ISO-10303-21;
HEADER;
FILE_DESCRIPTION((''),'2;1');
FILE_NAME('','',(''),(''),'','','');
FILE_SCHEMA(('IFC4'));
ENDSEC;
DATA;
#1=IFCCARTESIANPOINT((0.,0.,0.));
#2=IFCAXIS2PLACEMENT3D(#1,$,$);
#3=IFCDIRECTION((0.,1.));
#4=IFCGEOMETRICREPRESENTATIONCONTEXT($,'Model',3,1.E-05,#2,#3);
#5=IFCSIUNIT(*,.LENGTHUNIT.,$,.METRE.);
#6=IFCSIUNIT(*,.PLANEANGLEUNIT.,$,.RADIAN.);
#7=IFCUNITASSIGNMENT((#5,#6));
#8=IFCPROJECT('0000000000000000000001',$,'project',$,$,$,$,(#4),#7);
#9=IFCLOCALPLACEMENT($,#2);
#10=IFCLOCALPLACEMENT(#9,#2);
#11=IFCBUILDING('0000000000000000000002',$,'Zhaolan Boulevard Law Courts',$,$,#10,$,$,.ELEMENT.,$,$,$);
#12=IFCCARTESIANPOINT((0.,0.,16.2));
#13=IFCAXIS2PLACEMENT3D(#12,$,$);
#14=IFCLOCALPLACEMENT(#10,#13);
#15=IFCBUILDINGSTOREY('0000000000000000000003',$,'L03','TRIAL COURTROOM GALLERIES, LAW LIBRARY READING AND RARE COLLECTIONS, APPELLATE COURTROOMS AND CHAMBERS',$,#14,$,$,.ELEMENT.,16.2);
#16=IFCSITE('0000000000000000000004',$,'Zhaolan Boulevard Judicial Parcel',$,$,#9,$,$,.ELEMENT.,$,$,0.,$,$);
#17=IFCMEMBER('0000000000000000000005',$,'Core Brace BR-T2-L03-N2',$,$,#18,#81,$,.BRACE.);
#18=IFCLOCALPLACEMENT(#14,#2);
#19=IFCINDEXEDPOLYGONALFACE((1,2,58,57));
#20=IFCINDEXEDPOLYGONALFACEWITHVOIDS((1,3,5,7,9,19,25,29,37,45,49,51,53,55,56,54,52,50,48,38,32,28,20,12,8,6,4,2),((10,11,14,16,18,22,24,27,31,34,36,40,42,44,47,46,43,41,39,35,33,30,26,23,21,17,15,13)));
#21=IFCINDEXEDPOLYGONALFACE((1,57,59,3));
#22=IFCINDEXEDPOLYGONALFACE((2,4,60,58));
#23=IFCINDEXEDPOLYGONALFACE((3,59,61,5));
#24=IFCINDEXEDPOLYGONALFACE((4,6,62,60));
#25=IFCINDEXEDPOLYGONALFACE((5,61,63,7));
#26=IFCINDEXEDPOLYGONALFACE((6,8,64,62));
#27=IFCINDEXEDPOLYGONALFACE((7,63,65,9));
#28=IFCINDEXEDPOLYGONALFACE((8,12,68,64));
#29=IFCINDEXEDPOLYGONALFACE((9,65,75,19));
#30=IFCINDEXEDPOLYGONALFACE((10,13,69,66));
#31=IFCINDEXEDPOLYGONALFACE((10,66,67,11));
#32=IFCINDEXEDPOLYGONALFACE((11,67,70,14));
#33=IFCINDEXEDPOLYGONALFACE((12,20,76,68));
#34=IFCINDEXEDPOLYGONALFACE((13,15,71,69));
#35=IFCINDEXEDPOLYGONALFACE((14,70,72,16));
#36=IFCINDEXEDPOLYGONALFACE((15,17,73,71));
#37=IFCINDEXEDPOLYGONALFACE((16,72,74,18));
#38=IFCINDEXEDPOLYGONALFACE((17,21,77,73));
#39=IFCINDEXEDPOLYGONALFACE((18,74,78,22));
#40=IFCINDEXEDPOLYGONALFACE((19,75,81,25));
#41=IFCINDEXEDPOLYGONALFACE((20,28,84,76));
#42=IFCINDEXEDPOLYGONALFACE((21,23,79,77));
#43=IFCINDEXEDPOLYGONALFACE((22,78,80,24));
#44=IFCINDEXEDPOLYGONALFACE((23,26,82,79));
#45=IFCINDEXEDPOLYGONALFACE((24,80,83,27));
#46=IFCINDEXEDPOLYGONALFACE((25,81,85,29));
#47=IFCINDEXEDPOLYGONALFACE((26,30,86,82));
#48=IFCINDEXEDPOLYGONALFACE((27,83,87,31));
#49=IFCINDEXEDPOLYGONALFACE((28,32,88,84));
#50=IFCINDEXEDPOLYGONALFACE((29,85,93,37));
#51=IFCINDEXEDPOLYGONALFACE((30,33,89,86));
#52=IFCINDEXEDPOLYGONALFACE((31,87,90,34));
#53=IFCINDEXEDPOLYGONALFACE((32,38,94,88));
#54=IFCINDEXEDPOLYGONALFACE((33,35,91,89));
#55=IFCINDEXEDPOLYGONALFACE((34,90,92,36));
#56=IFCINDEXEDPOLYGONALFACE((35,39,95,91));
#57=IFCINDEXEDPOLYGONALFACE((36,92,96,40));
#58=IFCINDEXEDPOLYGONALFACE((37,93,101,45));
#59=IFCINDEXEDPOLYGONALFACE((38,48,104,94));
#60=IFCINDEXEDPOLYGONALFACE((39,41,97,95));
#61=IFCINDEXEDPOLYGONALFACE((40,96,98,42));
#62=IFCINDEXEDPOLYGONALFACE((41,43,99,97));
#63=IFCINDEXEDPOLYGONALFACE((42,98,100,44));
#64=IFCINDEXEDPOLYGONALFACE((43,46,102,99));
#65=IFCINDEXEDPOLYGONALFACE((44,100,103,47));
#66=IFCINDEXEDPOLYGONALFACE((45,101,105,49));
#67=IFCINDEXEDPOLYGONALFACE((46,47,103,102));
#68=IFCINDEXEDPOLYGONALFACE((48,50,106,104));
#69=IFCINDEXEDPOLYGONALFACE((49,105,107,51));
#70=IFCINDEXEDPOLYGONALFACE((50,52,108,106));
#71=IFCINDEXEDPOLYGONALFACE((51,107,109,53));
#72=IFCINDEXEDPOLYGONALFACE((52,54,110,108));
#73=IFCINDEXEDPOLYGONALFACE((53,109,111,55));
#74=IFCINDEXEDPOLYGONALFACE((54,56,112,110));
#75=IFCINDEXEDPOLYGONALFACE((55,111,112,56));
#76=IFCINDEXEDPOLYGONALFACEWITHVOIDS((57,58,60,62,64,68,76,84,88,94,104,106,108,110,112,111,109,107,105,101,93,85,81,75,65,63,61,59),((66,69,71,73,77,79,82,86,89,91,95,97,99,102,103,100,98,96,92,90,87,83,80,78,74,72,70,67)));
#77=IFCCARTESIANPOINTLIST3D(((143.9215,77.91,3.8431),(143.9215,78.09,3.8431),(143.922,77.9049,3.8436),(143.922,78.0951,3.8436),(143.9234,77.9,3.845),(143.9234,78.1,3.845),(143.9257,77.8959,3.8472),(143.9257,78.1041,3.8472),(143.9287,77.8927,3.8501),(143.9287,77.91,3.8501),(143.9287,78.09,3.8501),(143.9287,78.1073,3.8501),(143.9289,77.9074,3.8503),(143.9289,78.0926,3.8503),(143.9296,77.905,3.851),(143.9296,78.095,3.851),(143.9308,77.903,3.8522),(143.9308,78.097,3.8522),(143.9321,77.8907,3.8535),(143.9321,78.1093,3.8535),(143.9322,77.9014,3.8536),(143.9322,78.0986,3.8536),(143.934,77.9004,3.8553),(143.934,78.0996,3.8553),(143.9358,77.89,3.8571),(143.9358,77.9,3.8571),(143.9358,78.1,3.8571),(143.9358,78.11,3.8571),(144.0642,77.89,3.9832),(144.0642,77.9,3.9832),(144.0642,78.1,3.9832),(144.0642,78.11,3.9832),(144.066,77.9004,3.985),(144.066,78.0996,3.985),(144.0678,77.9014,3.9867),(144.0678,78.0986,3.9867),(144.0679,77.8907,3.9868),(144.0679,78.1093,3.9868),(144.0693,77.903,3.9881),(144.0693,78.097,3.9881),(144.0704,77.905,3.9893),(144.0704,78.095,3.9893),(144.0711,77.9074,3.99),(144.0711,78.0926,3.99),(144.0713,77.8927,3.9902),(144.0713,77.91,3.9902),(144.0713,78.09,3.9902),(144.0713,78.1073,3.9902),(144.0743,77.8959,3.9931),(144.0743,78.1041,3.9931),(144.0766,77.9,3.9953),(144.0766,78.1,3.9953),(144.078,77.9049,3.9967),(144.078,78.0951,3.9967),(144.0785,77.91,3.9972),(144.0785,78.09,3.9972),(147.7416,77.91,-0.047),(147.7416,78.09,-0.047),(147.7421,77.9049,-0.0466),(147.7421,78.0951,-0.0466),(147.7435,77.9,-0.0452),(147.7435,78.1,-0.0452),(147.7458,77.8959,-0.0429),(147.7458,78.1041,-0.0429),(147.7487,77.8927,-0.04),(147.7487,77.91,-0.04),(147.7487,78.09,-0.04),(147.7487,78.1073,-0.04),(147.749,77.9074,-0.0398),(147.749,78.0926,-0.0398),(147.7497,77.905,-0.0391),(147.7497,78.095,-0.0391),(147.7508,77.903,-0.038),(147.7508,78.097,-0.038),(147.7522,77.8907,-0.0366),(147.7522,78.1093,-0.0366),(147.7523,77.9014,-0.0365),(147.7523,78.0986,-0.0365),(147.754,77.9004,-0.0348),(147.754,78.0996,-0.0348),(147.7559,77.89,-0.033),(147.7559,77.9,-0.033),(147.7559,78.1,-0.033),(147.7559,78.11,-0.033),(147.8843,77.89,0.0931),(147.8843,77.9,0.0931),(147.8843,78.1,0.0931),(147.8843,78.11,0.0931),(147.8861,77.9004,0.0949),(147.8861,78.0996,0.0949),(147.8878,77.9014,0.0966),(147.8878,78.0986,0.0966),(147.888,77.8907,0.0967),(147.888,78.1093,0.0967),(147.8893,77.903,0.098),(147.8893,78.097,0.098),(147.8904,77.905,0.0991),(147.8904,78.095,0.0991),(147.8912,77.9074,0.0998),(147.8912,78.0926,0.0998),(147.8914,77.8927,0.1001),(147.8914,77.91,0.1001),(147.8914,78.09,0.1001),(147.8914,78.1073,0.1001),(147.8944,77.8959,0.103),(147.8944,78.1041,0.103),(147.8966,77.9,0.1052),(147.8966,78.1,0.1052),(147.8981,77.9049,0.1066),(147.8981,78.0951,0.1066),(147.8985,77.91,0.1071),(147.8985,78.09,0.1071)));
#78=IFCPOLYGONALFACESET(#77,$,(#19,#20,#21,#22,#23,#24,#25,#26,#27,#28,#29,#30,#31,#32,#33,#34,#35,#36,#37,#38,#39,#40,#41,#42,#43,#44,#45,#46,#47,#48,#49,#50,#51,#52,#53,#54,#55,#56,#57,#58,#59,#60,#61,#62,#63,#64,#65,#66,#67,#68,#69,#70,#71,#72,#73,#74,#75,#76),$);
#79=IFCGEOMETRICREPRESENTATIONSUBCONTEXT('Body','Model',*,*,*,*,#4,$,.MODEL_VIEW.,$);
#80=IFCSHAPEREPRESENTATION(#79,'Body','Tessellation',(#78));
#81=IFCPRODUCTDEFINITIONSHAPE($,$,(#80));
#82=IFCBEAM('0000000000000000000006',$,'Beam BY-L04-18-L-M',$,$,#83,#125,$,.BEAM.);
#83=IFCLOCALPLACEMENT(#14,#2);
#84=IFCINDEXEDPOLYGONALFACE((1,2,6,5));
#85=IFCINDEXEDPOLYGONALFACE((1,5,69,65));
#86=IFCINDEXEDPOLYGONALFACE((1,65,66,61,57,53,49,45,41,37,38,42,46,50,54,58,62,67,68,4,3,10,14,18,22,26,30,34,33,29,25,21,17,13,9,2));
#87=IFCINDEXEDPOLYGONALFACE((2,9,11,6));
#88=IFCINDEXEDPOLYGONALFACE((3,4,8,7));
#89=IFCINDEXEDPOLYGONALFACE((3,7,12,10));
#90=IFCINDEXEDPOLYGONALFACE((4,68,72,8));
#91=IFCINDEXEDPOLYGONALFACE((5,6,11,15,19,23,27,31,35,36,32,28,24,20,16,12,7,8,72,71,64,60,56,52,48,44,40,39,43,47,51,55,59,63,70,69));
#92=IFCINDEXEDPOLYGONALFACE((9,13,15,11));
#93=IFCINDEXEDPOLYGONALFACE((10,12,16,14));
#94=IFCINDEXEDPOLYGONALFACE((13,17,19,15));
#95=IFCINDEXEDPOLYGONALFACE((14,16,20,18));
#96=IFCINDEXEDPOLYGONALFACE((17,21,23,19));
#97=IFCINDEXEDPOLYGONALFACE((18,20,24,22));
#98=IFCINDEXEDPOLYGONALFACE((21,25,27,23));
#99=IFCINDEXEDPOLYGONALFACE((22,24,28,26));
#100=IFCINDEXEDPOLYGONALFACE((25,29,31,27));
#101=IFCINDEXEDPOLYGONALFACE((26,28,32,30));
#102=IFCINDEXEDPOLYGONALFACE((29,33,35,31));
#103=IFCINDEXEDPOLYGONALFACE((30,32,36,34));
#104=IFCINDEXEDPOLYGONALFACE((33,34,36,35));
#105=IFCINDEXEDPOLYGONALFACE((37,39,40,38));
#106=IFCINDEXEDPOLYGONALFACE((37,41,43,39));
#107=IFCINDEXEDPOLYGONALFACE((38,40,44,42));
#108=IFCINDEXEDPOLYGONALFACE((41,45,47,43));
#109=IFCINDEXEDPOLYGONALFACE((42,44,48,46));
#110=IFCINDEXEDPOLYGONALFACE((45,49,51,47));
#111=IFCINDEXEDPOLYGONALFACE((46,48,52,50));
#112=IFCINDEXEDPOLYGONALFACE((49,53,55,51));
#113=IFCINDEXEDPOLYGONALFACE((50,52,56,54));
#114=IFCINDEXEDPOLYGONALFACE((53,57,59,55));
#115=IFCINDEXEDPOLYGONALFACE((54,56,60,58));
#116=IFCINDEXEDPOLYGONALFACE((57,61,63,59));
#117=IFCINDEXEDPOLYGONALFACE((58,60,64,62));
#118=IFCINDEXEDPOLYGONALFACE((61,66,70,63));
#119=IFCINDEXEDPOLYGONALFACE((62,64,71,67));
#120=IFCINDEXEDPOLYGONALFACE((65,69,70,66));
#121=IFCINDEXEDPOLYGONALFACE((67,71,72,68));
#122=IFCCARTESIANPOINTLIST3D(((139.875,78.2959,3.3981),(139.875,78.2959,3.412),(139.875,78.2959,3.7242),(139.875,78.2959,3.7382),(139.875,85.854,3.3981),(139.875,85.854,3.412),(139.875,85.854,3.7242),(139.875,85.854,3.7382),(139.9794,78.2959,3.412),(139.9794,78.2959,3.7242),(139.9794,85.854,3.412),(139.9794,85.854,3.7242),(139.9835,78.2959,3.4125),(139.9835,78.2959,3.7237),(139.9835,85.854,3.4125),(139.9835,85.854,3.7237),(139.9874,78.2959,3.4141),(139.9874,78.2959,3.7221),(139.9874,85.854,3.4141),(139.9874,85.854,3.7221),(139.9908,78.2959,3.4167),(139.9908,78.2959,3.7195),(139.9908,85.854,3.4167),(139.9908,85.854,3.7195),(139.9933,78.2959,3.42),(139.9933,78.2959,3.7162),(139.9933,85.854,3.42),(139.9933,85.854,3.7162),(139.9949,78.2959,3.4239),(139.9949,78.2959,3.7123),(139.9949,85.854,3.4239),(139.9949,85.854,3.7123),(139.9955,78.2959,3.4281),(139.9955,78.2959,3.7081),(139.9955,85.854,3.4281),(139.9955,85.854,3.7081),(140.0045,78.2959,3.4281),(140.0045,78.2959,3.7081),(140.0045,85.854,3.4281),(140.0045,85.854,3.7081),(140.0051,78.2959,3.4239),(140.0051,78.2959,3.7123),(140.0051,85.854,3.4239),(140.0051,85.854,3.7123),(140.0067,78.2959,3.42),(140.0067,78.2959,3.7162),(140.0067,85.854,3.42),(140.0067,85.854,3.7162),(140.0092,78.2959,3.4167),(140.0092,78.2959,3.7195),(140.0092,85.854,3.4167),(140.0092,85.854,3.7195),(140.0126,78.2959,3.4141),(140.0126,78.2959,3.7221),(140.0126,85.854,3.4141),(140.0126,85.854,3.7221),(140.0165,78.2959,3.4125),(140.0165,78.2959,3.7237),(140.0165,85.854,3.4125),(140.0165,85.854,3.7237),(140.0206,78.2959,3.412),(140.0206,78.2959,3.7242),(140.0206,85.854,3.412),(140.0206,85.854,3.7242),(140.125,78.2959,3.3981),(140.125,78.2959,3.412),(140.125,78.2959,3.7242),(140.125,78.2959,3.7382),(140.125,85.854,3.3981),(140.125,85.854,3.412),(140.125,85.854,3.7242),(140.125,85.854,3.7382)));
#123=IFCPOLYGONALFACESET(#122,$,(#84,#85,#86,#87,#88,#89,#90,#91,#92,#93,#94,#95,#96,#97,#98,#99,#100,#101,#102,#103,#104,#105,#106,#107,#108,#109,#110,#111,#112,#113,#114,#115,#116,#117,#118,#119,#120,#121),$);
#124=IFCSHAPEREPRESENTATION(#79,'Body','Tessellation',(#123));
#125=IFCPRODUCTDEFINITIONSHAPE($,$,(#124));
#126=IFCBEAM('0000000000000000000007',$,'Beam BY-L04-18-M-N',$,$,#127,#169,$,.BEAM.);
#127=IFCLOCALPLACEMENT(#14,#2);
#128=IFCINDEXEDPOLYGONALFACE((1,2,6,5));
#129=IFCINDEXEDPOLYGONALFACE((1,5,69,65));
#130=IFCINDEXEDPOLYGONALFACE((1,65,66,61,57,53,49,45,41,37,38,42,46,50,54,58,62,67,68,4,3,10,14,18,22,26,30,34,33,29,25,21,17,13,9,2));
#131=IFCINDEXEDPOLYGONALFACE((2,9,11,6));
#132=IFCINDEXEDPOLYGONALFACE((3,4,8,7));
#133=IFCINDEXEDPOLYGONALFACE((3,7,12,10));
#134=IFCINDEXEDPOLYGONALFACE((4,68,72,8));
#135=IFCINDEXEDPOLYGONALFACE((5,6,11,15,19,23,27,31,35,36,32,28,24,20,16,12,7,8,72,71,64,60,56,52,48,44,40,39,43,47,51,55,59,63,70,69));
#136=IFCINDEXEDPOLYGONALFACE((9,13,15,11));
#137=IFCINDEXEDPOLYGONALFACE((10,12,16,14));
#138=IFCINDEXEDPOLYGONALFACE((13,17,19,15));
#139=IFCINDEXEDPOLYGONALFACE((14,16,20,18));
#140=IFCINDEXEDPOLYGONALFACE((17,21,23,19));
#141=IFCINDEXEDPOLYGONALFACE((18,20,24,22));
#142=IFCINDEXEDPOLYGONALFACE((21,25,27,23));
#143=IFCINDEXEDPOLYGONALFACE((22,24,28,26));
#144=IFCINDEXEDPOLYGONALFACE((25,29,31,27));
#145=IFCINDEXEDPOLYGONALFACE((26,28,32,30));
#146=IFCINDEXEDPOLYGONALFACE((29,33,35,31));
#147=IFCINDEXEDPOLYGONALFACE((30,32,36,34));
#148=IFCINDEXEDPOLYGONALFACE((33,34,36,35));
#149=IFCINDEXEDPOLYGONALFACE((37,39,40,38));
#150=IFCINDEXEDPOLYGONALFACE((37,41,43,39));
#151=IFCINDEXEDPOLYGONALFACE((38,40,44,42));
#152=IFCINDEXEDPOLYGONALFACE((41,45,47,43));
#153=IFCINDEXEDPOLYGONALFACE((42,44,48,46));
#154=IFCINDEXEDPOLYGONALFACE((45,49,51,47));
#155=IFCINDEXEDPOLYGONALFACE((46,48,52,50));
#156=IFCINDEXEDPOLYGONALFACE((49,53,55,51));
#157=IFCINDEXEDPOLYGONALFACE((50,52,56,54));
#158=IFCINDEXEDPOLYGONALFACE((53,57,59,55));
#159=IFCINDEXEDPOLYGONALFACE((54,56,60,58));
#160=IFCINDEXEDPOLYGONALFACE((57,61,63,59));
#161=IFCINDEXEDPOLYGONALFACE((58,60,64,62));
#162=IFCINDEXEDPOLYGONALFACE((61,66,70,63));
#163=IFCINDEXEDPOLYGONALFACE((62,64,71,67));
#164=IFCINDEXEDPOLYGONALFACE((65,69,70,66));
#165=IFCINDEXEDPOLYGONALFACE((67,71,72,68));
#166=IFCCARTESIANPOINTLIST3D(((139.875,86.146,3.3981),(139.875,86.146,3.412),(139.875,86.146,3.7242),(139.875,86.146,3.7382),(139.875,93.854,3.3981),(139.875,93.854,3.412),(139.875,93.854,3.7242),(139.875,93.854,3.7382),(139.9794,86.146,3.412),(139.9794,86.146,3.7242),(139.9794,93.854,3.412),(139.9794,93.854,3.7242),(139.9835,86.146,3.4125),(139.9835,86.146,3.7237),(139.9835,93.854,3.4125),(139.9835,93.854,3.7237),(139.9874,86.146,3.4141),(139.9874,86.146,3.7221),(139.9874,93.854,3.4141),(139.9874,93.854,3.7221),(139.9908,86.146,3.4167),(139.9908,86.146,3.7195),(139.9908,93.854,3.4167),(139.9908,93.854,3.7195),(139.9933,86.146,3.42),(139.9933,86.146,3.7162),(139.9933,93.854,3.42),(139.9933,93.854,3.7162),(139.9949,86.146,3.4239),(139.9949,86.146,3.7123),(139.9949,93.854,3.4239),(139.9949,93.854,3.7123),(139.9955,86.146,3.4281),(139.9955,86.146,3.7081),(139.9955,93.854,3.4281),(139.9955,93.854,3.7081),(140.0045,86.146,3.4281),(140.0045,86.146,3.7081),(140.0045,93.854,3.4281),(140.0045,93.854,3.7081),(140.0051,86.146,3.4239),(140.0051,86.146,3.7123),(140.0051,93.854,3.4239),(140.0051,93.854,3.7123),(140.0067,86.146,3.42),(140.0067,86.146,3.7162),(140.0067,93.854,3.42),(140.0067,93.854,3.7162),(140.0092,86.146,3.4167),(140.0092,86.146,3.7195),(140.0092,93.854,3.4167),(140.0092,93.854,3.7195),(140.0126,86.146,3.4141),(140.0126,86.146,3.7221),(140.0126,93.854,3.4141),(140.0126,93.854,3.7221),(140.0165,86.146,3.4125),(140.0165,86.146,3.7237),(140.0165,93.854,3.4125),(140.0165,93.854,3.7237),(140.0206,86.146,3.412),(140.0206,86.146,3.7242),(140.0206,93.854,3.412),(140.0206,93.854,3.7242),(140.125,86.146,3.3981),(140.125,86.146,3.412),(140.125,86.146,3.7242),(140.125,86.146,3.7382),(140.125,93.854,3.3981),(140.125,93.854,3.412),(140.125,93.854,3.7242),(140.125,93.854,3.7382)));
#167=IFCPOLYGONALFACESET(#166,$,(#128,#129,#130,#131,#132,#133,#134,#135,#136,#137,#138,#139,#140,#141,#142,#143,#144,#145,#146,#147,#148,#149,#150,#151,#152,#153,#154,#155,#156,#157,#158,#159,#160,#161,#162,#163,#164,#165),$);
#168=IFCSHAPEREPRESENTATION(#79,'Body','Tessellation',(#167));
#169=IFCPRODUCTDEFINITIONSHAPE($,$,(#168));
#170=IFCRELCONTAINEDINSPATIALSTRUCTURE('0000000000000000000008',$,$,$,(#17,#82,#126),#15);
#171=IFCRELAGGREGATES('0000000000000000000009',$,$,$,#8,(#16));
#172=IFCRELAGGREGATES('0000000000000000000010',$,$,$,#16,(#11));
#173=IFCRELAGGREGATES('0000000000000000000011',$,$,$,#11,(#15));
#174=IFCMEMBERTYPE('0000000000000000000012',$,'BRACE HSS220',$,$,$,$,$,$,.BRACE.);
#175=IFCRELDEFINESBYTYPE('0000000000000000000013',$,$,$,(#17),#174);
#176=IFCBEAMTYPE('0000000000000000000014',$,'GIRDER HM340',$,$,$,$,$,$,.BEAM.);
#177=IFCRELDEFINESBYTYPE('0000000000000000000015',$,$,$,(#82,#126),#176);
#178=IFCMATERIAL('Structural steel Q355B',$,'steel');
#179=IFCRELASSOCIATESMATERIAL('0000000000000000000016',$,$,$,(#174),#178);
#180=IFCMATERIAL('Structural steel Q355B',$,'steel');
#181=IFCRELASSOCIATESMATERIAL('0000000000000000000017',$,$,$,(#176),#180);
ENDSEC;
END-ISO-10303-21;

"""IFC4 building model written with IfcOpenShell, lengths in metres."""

from ifc_helpers import new_model, si_unit, direction, frame, origin, origin_2d, place, context, subcontext, project, spatial, hollow_rectangle, i_section, extrude, material, material_profile, profile_set, type_object, element, save


model = new_model("IFC4")

# Units and contexts
model_context = context("Model", 3, precision=1e-05, world=origin(), true_north=direction((0.0, 1.0)))
body_context = subcontext(model_context, "Body", "Model", "MODEL_VIEW")
ifc_project = project(units=[si_unit("LENGTHUNIT", "METRE"), si_unit("PLANEANGLEUNIT", "RADIAN")], contexts=[model_context])

# Site, building, storey
site_placement = place(None, origin())
site = spatial("IfcSite", under=ifc_project, at=site_placement, Name="Zhaolan Boulevard Judicial Parcel", CompositionType="ELEMENT", RefElevation=0.0)
building_placement = place(site_placement, origin())
building = spatial("IfcBuilding", under=site, at=building_placement, Name="Zhaolan Boulevard Law Courts", CompositionType="ELEMENT")
storey_placement = place(building_placement, frame((0.0, 0.0, 16.2)))
storey = spatial("IfcBuildingStorey", under=building, at=storey_placement, Name="L03", Description="TRIAL COURTROOM GALLERIES, LAW LIBRARY READING AND RARE COLLECTIONS, APPELLATE COURTROOMS AND CHAMBERS", CompositionType="ELEMENT", Elevation=16.2)

# Member
ifc_material_1 = material(Name="Structural steel Q355B", Category="steel")
ifc_material_profile_1 = material_profile(ifc_material_1, hollow_rectangle(XDim=0.22, YDim=0.22, WallThickness=0.01, InnerFilletRadius=0.01, OuterFilletRadius=0.02, at=origin_2d()), Name="HSS220x220x10")
ifc_profile_set_1 = profile_set([ifc_material_profile_1], Name="Structural steel Q355B")
member_type_1 = type_object("IfcMemberType", Name="BRACE HSS220", PredefinedType="BRACE", material=ifc_profile_set_1)
member_1_placement = place(storey_placement, frame((147.8201, 78.0, 0.03), z_axis=(-0.700652, 0.0, 0.713503), x_axis=(0.0, -1.0, 0.0)))
element("IfcMember", 1, at=member_1_placement, inside=storey, type_object=member_type_1, Name="Core Brace BR-T2-L03-N2", PredefinedType="BRACE", context=body_context, shape_type="SweptSolid", body=[
    extrude(hollow_rectangle(XDim=0.22, YDim=0.22, WallThickness=0.01, InnerFilletRadius=0.01, OuterFilletRadius=0.02, at=origin_2d()), origin(), (0.0, 0.0, 1.0), 5.4521),
])

# Beams
ifc_material_2 = material(Name="Structural steel Q355B", Category="steel")
ifc_material_profile_2 = material_profile(ifc_material_2, i_section(OverallWidth=0.25, OverallDepth=0.3401, WebThickness=0.009, FlangeThickness=0.0139, FilletRadius=0.0161, at=origin_2d()), Name="HM340x250")
ifc_profile_set_2 = profile_set([ifc_material_profile_2], Name="Structural steel Q355B")
beam_type_1 = type_object("IfcBeamType", Name="GIRDER HM340", PredefinedType="BEAM", material=ifc_profile_set_2)
beam_1_placement = place(storey_placement, frame((140.0, 78.2959, 3.5681), z_axis=(0.0, 1.0, 0.0), x_axis=(-1.0, 0.0, 0.0)))
element("IfcBeam", 2, at=beam_1_placement, inside=storey, type_object=beam_type_1, Name="Beam BY-L04-18-L-M", PredefinedType="BEAM", context=body_context, shape_type="SweptSolid", body=[
    extrude(i_section(OverallWidth=0.25, OverallDepth=0.3401, WebThickness=0.009, FlangeThickness=0.0139, FilletRadius=0.0161, at=origin_2d()), origin(), (0.0, 0.0, 1.0), 7.5581),
])
beam_2_placement = place(storey_placement, frame((140.0, 86.146, 3.5681), z_axis=(0.0, 1.0, 0.0), x_axis=(-1.0, 0.0, 0.0)))
element("IfcBeam", 3, at=beam_2_placement, inside=storey, type_object=beam_type_1, Name="Beam BY-L04-18-M-N", PredefinedType="BEAM", context=body_context, shape_type="SweptSolid", body=[
    extrude(i_section(OverallWidth=0.25, OverallDepth=0.3401, WebThickness=0.009, FlangeThickness=0.0139, FilletRadius=0.0161, at=origin_2d()), origin(), (0.0, 0.0, 1.0), 7.708),
])

save(model, "model.ifc")
